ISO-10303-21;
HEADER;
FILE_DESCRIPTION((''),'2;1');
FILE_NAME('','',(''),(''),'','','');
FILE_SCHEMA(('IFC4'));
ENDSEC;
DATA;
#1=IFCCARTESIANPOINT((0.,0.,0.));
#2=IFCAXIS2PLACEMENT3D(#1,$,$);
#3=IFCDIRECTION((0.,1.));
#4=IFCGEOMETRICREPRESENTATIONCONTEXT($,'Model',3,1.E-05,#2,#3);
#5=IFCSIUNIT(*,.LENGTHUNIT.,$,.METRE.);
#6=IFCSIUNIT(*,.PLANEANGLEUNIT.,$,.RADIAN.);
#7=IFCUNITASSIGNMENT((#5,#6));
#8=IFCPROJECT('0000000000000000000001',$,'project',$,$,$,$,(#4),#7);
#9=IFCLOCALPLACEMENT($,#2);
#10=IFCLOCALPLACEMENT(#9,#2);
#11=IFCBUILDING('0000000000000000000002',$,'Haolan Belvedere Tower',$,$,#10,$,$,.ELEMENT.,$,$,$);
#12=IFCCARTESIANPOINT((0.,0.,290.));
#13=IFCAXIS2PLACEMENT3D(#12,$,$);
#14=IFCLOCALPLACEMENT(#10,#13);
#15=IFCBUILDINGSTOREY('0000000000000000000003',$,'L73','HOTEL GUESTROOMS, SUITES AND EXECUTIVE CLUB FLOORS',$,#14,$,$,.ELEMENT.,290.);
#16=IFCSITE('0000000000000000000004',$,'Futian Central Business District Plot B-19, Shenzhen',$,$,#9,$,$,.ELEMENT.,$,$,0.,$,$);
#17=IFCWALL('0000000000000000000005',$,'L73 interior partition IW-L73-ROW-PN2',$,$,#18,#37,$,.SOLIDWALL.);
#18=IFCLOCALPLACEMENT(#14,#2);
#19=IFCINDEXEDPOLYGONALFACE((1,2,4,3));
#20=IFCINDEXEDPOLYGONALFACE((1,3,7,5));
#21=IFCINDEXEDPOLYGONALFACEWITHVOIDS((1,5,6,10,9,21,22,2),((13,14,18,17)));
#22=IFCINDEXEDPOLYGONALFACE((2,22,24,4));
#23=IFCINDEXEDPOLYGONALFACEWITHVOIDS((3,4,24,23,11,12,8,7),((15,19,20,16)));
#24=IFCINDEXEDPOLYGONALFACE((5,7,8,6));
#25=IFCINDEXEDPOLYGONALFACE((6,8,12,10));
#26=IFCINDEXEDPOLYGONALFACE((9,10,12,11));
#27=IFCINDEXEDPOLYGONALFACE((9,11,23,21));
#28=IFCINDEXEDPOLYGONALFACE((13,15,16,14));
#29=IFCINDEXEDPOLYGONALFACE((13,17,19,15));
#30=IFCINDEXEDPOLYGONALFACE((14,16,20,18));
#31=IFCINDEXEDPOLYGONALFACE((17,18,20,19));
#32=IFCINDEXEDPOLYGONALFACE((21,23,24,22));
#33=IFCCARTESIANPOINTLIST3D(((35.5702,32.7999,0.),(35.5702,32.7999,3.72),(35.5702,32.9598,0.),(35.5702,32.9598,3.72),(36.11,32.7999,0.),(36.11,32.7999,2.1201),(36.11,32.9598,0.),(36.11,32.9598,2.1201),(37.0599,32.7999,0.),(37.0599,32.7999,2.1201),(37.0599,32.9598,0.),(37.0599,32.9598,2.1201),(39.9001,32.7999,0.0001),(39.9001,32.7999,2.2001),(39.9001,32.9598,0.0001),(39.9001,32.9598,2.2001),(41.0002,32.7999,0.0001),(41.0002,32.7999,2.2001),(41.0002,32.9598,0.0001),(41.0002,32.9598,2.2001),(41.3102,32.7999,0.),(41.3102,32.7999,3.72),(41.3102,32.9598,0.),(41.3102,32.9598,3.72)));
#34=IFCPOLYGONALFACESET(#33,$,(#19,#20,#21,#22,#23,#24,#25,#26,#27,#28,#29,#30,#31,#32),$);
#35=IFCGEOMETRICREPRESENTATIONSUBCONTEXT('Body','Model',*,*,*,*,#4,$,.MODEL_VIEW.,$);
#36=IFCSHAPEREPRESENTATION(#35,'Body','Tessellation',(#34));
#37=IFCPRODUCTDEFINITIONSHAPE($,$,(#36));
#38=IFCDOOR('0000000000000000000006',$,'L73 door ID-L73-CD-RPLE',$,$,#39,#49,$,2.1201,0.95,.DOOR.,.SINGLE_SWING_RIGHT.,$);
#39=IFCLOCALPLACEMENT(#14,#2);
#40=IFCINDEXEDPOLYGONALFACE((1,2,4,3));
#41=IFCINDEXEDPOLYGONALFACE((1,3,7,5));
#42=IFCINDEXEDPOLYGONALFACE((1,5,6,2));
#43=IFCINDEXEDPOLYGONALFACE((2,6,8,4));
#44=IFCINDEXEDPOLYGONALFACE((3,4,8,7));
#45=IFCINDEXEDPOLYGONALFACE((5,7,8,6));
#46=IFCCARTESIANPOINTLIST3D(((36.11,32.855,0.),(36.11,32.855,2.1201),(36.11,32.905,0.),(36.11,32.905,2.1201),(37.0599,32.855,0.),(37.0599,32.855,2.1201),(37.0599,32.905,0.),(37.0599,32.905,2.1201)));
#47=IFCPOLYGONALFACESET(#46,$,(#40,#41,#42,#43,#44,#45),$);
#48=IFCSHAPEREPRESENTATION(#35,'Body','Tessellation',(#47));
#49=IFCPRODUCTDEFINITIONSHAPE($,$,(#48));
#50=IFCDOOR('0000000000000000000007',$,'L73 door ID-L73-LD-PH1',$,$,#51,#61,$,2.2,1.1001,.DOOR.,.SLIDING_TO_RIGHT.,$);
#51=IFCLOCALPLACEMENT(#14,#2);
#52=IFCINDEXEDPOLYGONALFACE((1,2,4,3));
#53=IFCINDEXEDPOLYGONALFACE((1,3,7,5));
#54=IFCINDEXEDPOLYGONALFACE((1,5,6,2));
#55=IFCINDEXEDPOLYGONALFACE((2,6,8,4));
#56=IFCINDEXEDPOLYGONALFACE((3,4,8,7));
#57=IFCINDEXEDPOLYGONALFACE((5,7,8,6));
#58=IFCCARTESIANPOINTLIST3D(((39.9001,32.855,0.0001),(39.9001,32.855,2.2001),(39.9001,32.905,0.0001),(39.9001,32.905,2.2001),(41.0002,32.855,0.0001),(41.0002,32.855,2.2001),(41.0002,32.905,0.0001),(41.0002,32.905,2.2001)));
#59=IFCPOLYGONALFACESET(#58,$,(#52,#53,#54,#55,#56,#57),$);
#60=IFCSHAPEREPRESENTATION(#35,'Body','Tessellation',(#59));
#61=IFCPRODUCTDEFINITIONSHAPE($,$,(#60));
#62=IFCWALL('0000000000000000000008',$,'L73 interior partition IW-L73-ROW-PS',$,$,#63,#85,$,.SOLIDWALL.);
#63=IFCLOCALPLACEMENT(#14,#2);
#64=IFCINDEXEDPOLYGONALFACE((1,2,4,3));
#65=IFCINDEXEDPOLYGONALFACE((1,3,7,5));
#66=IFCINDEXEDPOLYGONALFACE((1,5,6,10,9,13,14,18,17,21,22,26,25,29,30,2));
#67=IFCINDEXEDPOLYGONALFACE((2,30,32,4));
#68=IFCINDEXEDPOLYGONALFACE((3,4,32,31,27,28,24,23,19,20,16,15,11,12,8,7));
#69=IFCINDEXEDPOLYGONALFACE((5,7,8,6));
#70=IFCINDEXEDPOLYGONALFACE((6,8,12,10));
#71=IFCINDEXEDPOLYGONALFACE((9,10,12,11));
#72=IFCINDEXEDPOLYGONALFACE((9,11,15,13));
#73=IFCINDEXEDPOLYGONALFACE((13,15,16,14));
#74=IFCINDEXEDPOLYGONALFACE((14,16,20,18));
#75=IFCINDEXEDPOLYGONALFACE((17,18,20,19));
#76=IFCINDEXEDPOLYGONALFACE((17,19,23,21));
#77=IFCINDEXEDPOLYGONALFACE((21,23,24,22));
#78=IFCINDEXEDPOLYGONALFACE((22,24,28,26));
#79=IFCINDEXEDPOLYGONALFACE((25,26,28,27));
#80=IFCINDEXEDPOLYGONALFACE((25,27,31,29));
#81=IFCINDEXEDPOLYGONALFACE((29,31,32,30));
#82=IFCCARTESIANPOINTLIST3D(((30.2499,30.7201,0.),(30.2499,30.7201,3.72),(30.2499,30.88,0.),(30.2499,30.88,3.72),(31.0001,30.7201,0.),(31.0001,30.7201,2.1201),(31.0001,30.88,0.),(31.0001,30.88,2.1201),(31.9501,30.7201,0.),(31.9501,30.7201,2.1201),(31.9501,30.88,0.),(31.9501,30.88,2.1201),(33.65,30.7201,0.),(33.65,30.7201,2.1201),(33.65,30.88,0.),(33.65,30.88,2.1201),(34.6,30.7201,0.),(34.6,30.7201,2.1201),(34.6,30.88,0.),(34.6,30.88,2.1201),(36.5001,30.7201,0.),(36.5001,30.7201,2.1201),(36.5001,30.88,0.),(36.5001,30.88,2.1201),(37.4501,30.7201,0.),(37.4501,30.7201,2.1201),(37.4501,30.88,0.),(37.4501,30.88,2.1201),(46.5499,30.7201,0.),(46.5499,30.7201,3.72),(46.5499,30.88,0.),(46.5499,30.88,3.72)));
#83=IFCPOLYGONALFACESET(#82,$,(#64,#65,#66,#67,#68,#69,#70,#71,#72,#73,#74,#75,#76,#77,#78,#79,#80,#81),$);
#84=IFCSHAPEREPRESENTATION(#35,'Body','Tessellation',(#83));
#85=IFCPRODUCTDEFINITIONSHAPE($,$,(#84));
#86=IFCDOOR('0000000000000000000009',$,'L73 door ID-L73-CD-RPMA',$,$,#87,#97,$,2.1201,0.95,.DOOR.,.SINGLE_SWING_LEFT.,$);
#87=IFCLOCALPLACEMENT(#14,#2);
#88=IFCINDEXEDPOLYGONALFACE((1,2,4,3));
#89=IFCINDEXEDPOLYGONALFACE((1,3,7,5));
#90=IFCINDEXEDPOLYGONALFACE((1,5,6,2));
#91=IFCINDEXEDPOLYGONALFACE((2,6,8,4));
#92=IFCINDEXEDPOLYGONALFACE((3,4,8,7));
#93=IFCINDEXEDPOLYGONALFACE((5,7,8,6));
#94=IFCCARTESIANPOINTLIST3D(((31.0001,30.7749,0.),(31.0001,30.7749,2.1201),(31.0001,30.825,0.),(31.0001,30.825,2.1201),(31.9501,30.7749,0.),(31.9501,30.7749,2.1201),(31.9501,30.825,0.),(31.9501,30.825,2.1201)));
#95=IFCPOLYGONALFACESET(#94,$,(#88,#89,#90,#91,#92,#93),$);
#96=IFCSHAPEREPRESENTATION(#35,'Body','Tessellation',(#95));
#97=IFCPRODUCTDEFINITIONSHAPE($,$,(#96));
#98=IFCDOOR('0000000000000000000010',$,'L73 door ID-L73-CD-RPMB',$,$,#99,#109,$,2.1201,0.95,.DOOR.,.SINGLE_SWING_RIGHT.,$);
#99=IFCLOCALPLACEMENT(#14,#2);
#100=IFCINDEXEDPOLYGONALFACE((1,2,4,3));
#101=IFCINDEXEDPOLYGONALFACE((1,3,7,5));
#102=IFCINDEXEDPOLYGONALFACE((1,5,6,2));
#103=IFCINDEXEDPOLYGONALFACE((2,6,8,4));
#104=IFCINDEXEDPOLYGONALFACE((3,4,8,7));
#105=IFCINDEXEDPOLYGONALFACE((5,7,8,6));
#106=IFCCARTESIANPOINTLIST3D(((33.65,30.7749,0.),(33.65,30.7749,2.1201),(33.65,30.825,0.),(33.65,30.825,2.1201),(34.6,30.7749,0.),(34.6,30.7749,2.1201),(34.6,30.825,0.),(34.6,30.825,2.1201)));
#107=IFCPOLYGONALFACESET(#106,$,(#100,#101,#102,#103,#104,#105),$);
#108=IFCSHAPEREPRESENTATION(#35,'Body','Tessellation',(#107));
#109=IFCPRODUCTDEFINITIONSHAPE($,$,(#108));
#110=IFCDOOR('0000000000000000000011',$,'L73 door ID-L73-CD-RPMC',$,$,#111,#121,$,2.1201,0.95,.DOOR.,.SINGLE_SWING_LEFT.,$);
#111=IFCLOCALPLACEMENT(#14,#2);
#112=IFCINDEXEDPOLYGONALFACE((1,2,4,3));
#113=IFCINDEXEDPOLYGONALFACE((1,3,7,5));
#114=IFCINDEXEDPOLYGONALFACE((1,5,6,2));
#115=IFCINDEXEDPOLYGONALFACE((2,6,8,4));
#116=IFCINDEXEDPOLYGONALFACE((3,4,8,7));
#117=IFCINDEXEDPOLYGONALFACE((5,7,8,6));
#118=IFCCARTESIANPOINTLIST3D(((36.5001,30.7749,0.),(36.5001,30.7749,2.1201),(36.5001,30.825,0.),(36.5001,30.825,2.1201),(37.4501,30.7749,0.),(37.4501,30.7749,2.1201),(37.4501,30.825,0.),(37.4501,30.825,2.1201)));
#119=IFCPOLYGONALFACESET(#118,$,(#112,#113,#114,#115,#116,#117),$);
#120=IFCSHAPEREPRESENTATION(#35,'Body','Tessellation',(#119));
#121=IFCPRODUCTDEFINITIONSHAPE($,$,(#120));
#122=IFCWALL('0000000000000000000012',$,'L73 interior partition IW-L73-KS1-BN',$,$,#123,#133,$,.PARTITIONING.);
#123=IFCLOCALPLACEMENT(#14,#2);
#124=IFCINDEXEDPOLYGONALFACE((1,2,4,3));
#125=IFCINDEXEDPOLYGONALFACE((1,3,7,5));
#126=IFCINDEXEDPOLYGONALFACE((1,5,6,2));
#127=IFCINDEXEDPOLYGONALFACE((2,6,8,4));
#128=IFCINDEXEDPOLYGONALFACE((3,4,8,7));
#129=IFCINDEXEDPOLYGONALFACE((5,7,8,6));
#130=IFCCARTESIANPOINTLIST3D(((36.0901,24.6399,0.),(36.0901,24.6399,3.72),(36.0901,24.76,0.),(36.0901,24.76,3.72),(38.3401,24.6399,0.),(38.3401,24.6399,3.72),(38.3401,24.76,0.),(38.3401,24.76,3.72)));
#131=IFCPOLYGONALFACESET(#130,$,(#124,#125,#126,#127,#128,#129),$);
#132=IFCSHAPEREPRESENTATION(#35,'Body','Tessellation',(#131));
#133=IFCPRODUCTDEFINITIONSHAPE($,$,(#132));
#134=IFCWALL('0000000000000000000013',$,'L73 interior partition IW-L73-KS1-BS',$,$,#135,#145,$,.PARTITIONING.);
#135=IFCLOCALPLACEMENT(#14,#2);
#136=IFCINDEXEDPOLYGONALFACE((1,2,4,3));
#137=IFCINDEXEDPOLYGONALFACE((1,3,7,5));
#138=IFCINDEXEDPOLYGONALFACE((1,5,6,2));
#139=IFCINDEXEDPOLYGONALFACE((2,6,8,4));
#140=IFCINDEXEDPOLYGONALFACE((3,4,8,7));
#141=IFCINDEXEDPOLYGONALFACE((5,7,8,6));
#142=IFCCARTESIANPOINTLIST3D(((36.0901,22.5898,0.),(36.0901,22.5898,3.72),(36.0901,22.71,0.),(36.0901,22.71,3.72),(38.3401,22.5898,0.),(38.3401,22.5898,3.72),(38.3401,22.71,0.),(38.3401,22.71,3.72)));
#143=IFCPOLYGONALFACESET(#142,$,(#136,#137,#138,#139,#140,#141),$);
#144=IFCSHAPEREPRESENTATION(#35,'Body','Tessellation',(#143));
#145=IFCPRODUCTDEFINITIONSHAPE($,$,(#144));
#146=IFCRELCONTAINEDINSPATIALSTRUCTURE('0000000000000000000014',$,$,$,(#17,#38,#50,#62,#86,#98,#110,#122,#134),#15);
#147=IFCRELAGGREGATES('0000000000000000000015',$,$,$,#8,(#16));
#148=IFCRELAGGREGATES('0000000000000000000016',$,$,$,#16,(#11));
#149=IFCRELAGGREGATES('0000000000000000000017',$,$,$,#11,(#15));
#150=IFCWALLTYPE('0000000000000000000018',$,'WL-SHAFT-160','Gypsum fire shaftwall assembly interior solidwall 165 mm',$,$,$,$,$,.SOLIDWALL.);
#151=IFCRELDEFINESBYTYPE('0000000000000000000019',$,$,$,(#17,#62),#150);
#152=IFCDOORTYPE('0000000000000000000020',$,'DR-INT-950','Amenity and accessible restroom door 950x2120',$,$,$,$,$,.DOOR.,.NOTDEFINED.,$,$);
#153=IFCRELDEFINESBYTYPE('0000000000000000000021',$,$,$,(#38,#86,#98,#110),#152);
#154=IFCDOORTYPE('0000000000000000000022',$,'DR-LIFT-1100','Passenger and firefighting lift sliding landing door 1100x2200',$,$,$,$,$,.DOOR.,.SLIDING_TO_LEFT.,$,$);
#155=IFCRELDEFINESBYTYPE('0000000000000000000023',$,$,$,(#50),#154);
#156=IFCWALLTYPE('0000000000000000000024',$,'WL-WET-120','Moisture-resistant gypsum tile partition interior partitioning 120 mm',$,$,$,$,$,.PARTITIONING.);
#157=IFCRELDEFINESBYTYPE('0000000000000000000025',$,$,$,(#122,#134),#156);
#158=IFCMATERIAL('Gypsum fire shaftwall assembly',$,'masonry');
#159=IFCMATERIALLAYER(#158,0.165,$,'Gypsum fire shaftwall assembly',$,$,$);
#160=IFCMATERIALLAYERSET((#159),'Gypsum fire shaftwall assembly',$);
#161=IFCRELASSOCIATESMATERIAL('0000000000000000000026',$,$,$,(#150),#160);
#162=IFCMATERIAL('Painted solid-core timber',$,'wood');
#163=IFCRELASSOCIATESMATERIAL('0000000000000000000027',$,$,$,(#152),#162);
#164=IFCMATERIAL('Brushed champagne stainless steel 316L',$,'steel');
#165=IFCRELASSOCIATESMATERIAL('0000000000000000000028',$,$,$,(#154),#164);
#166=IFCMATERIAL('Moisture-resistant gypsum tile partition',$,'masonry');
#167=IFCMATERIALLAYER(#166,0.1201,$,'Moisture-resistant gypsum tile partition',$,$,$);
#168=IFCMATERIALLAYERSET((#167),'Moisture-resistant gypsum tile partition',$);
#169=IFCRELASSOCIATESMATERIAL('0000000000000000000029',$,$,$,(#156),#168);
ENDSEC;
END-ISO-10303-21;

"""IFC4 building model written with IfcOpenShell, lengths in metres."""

from ifc_helpers import new_model, si_unit, direction, frame, frame_2d, origin, place, context, subcontext, project, spatial, rectangle, extrude, material, layer, layer_set, type_object, element, fill, save


model = new_model("IFC4")

# Units and contexts
model_context = context("Model", 3, precision=1e-05, world=origin(), true_north=direction((0.0, 1.0)))
body_context = subcontext(model_context, "Body", "Model", "MODEL_VIEW")
ifc_project = project(units=[si_unit("LENGTHUNIT", "METRE"), si_unit("PLANEANGLEUNIT", "RADIAN")], contexts=[model_context])

# Site, building, storey
site_placement = place(None, origin())
site = spatial("IfcSite", under=ifc_project, at=site_placement, Name="Futian Central Business District Plot B-19, Shenzhen", CompositionType="ELEMENT", RefElevation=0.0)
building_placement = place(site_placement, origin())
building = spatial("IfcBuilding", under=site, at=building_placement, Name="Haolan Belvedere Tower", CompositionType="ELEMENT")
storey_placement = place(building_placement, frame((0.0, 0.0, 290.0)))
storey = spatial("IfcBuildingStorey", under=building, at=storey_placement, Name="L73", Description="HOTEL GUESTROOMS, SUITES AND EXECUTIVE CLUB FLOORS", CompositionType="ELEMENT", Elevation=290.0)

# Shared definitions
ifc_material_1 = material(Name="Gypsum fire shaftwall assembly", Category="masonry")
ifc_layer_1 = layer(ifc_material_1, 0.165, Name="Gypsum fire shaftwall assembly")
ifc_layer_set_1 = layer_set([ifc_layer_1], Name="Gypsum fire shaftwall assembly")
wall_type_1 = type_object("IfcWallType", Name="WL-SHAFT-160", Description="Gypsum fire shaftwall assembly interior solidwall 165 mm", PredefinedType="SOLIDWALL", material=ifc_layer_set_1)

# Shared definitions
ifc_material_2 = material(Name="Painted solid-core timber", Category="wood")
door_type_1 = type_object("IfcDoorType", Name="DR-INT-950", Description="Amenity and accessible restroom door 950x2120", OperationType="NOTDEFINED", PredefinedType="DOOR", material=ifc_material_2)

# Walls, openings, doors
wall_1_placement = place(storey_placement, frame((35.5701, 32.8799, 0.0), z_axis=(0.0, 0.0, 1.0), x_axis=(1.0, 0.0, 0.0)))
wall_1 = element("IfcWall", 1, at=wall_1_placement, inside=storey, type_object=wall_type_1, Name="L73 interior partition IW-L73-ROW-PN2", PredefinedType="SOLIDWALL", context=body_context, shape_type="SweptSolid", body=[
    extrude(rectangle(XDim=5.74, YDim=0.1599, at=frame_2d((2.8701, 0.0))), origin(), (0.0, 0.0, 1.0), 3.72),
])
opening_1_placement = place(wall_1_placement, frame((1.49, 0.0, 0.0), z_axis=(0.0, 0.0, 1.0), x_axis=(-1.0, 0.0, 0.0)))
opening_1 = element("IfcOpeningElement", 2, at=opening_1_placement, cuts=wall_1, PredefinedType="OPENING", context=body_context, shape_type="SweptSolid", body=[
    extrude(rectangle(XDim=0.95, YDim=2.1201, at=frame_2d((0.4751, 1.0601))), frame((0.0, 0.0898, 0.0), z_axis=(0.0, -1.0, 0.0), x_axis=(1.0, 0.0, 0.0)), (0.0, 0.0, 1.0), 0.1799),
])
opening_2_placement = place(wall_1_placement, frame((5.4302, 0.0, 0.0), z_axis=(0.0, 0.0, 1.0), x_axis=(-1.0, 0.0, 0.0)))
opening_2 = element("IfcOpeningElement", 3, at=opening_2_placement, cuts=wall_1, PredefinedType="OPENING", context=body_context, shape_type="SweptSolid", body=[
    extrude(rectangle(XDim=1.1001, YDim=2.2, at=frame_2d((0.55, 1.1001))), frame((0.0, 0.0898, 0.0), z_axis=(0.0, -1.0, 0.0), x_axis=(1.0, 0.0, 0.0)), (0.0, 0.0, 1.0), 0.1799),
])
door_1_placement = place(opening_1_placement, origin())
door_1 = element("IfcDoor", 4, at=door_1_placement, inside=storey, type_object=door_type_1, Name="L73 door ID-L73-CD-RPLE", OperationType="SINGLE_SWING_RIGHT", OverallHeight=2.1201, OverallWidth=0.95, PredefinedType="DOOR", context=body_context, shape_type="SweptSolid", body=[
    extrude(rectangle(XDim=0.95, YDim=2.1201, at=frame_2d((0.4751, 1.0601))), frame((0.0, 0.0249, 0.0), z_axis=(0.0, -1.0, 0.0), x_axis=(1.0, 0.0, 0.0)), (0.0, 0.0, 1.0), 0.05),
])
fill(opening_1, door_1)
ifc_material_3 = material(Name="Brushed champagne stainless steel 316L", Category="steel")
door_type_2 = type_object("IfcDoorType", Name="DR-LIFT-1100", Description="Passenger and firefighting lift sliding landing door 1100x2200", OperationType="SLIDING_TO_LEFT", PredefinedType="DOOR", material=ifc_material_3)
door_2_placement = place(opening_2_placement, origin())
door_2 = element("IfcDoor", 5, at=door_2_placement, inside=storey, type_object=door_type_2, Name="L73 door ID-L73-LD-PH1", OperationType="SLIDING_TO_RIGHT", OverallHeight=2.2, OverallWidth=1.1001, PredefinedType="DOOR", context=body_context, shape_type="SweptSolid", body=[
    extrude(rectangle(XDim=1.1001, YDim=2.2, at=frame_2d((0.55, 1.1001))), frame((0.0, 0.0249, 0.0), z_axis=(0.0, -1.0, 0.0), x_axis=(1.0, 0.0, 0.0)), (0.0, 0.0, 1.0), 0.05),
])
fill(opening_2, door_2)
wall_2_placement = place(storey_placement, frame((30.25, 30.8, 0.0), z_axis=(0.0, 0.0, 1.0), x_axis=(1.0, 0.0, 0.0)))
wall_2 = element("IfcWall", 6, at=wall_2_placement, inside=storey, type_object=wall_type_1, Name="L73 interior partition IW-L73-ROW-PS", PredefinedType="SOLIDWALL", context=body_context, shape_type="SweptSolid", body=[
    extrude(rectangle(XDim=16.3, YDim=0.1599, at=frame_2d((8.1499, 0.0))), origin(), (0.0, 0.0, 1.0), 3.72),
])
opening_3_placement = place(wall_2_placement, frame((0.75, 0.0, 0.0)))
opening_3 = element("IfcOpeningElement", 7, at=opening_3_placement, cuts=wall_2, PredefinedType="OPENING", context=body_context, shape_type="SweptSolid", body=[
    extrude(rectangle(XDim=0.95, YDim=2.1201, at=frame_2d((0.4751, 1.0601))), frame((0.0, 0.0898, 0.0), z_axis=(0.0, -1.0, 0.0), x_axis=(1.0, 0.0, 0.0)), (0.0, 0.0, 1.0), 0.1799),
])
opening_4_placement = place(wall_2_placement, frame((3.3999, 0.0, 0.0)))
opening_4 = element("IfcOpeningElement", 8, at=opening_4_placement, cuts=wall_2, PredefinedType="OPENING", context=body_context, shape_type="SweptSolid", body=[
    extrude(rectangle(XDim=0.95, YDim=2.1201, at=frame_2d((0.4751, 1.0601))), frame((0.0, 0.0898, 0.0), z_axis=(0.0, -1.0, 0.0), x_axis=(1.0, 0.0, 0.0)), (0.0, 0.0, 1.0), 0.1799),
])
opening_5_placement = place(wall_2_placement, frame((6.25, 0.0, 0.0)))
opening_5 = element("IfcOpeningElement", 9, at=opening_5_placement, cuts=wall_2, PredefinedType="OPENING", context=body_context, shape_type="SweptSolid", body=[
    extrude(rectangle(XDim=0.95, YDim=2.1201, at=frame_2d((0.4751, 1.0601))), frame((0.0, 0.0898, 0.0), z_axis=(0.0, -1.0, 0.0), x_axis=(1.0, 0.0, 0.0)), (0.0, 0.0, 1.0), 0.1799),
])
door_3_placement = place(opening_3_placement, origin())
door_3 = element("IfcDoor", 10, at=door_3_placement, inside=storey, type_object=door_type_1, Name="L73 door ID-L73-CD-RPMA", OperationType="SINGLE_SWING_LEFT", OverallHeight=2.1201, OverallWidth=0.95, PredefinedType="DOOR", context=body_context, shape_type="SweptSolid", body=[
    extrude(rectangle(XDim=0.95, YDim=2.1201, at=frame_2d((0.4751, 1.0601))), frame((0.0, 0.0249, 0.0), z_axis=(0.0, -1.0, 0.0), x_axis=(1.0, 0.0, 0.0)), (0.0, 0.0, 1.0), 0.05),
])
fill(opening_3, door_3)
door_4_placement = place(opening_4_placement, origin())
door_4 = element("IfcDoor", 11, at=door_4_placement, inside=storey, type_object=door_type_1, Name="L73 door ID-L73-CD-RPMB", OperationType="SINGLE_SWING_RIGHT", OverallHeight=2.1201, OverallWidth=0.95, PredefinedType="DOOR", context=body_context, shape_type="SweptSolid", body=[
    extrude(rectangle(XDim=0.95, YDim=2.1201, at=frame_2d((0.4751, 1.0601))), frame((0.0, 0.0249, 0.0), z_axis=(0.0, -1.0, 0.0), x_axis=(1.0, 0.0, 0.0)), (0.0, 0.0, 1.0), 0.05),
])
fill(opening_4, door_4)
door_5_placement = place(opening_5_placement, origin())
door_5 = element("IfcDoor", 12, at=door_5_placement, inside=storey, type_object=door_type_1, Name="L73 door ID-L73-CD-RPMC", OperationType="SINGLE_SWING_LEFT", OverallHeight=2.1201, OverallWidth=0.95, PredefinedType="DOOR", context=body_context, shape_type="SweptSolid", body=[
    extrude(rectangle(XDim=0.95, YDim=2.1201, at=frame_2d((0.4751, 1.0601))), frame((0.0, 0.0249, 0.0), z_axis=(0.0, -1.0, 0.0), x_axis=(1.0, 0.0, 0.0)), (0.0, 0.0, 1.0), 0.05),
])
fill(opening_5, door_5)

# Walls
ifc_material_4 = material(Name="Moisture-resistant gypsum tile partition", Category="masonry")
ifc_layer_2 = layer(ifc_material_4, 0.1201, Name="Moisture-resistant gypsum tile partition")
ifc_layer_set_2 = layer_set([ifc_layer_2], Name="Moisture-resistant gypsum tile partition")
wall_type_2 = type_object("IfcWallType", Name="WL-WET-120", Description="Moisture-resistant gypsum tile partition interior partitioning 120 mm", PredefinedType="PARTITIONING", material=ifc_layer_set_2)
for number, where, z_axis, x_axis, name in (
    (13, (36.0901, 24.7, 0.0), (0.0, 0.0, 1.0), (1.0, 0.0, 0.0), "L73 interior partition IW-L73-KS1-BN"),
    (14, (36.0901, 22.6499, 0.0), (0.0, 0.0, 1.0), (1.0, 0.0, 0.0), "L73 interior partition IW-L73-KS1-BS"),
):
    element("IfcWall", number, at=place(storey_placement, frame(where, z_axis=z_axis, x_axis=x_axis)), inside=storey, type_object=wall_type_2, Name=name, PredefinedType="PARTITIONING", context=body_context, shape_type="SweptSolid", body=[
        extrude(rectangle(XDim=2.25, YDim=0.1201, at=frame_2d((1.125, 0.0))), origin(), (0.0, 0.0, 1.0), 3.72),
    ])

save(model, "model.ifc")
